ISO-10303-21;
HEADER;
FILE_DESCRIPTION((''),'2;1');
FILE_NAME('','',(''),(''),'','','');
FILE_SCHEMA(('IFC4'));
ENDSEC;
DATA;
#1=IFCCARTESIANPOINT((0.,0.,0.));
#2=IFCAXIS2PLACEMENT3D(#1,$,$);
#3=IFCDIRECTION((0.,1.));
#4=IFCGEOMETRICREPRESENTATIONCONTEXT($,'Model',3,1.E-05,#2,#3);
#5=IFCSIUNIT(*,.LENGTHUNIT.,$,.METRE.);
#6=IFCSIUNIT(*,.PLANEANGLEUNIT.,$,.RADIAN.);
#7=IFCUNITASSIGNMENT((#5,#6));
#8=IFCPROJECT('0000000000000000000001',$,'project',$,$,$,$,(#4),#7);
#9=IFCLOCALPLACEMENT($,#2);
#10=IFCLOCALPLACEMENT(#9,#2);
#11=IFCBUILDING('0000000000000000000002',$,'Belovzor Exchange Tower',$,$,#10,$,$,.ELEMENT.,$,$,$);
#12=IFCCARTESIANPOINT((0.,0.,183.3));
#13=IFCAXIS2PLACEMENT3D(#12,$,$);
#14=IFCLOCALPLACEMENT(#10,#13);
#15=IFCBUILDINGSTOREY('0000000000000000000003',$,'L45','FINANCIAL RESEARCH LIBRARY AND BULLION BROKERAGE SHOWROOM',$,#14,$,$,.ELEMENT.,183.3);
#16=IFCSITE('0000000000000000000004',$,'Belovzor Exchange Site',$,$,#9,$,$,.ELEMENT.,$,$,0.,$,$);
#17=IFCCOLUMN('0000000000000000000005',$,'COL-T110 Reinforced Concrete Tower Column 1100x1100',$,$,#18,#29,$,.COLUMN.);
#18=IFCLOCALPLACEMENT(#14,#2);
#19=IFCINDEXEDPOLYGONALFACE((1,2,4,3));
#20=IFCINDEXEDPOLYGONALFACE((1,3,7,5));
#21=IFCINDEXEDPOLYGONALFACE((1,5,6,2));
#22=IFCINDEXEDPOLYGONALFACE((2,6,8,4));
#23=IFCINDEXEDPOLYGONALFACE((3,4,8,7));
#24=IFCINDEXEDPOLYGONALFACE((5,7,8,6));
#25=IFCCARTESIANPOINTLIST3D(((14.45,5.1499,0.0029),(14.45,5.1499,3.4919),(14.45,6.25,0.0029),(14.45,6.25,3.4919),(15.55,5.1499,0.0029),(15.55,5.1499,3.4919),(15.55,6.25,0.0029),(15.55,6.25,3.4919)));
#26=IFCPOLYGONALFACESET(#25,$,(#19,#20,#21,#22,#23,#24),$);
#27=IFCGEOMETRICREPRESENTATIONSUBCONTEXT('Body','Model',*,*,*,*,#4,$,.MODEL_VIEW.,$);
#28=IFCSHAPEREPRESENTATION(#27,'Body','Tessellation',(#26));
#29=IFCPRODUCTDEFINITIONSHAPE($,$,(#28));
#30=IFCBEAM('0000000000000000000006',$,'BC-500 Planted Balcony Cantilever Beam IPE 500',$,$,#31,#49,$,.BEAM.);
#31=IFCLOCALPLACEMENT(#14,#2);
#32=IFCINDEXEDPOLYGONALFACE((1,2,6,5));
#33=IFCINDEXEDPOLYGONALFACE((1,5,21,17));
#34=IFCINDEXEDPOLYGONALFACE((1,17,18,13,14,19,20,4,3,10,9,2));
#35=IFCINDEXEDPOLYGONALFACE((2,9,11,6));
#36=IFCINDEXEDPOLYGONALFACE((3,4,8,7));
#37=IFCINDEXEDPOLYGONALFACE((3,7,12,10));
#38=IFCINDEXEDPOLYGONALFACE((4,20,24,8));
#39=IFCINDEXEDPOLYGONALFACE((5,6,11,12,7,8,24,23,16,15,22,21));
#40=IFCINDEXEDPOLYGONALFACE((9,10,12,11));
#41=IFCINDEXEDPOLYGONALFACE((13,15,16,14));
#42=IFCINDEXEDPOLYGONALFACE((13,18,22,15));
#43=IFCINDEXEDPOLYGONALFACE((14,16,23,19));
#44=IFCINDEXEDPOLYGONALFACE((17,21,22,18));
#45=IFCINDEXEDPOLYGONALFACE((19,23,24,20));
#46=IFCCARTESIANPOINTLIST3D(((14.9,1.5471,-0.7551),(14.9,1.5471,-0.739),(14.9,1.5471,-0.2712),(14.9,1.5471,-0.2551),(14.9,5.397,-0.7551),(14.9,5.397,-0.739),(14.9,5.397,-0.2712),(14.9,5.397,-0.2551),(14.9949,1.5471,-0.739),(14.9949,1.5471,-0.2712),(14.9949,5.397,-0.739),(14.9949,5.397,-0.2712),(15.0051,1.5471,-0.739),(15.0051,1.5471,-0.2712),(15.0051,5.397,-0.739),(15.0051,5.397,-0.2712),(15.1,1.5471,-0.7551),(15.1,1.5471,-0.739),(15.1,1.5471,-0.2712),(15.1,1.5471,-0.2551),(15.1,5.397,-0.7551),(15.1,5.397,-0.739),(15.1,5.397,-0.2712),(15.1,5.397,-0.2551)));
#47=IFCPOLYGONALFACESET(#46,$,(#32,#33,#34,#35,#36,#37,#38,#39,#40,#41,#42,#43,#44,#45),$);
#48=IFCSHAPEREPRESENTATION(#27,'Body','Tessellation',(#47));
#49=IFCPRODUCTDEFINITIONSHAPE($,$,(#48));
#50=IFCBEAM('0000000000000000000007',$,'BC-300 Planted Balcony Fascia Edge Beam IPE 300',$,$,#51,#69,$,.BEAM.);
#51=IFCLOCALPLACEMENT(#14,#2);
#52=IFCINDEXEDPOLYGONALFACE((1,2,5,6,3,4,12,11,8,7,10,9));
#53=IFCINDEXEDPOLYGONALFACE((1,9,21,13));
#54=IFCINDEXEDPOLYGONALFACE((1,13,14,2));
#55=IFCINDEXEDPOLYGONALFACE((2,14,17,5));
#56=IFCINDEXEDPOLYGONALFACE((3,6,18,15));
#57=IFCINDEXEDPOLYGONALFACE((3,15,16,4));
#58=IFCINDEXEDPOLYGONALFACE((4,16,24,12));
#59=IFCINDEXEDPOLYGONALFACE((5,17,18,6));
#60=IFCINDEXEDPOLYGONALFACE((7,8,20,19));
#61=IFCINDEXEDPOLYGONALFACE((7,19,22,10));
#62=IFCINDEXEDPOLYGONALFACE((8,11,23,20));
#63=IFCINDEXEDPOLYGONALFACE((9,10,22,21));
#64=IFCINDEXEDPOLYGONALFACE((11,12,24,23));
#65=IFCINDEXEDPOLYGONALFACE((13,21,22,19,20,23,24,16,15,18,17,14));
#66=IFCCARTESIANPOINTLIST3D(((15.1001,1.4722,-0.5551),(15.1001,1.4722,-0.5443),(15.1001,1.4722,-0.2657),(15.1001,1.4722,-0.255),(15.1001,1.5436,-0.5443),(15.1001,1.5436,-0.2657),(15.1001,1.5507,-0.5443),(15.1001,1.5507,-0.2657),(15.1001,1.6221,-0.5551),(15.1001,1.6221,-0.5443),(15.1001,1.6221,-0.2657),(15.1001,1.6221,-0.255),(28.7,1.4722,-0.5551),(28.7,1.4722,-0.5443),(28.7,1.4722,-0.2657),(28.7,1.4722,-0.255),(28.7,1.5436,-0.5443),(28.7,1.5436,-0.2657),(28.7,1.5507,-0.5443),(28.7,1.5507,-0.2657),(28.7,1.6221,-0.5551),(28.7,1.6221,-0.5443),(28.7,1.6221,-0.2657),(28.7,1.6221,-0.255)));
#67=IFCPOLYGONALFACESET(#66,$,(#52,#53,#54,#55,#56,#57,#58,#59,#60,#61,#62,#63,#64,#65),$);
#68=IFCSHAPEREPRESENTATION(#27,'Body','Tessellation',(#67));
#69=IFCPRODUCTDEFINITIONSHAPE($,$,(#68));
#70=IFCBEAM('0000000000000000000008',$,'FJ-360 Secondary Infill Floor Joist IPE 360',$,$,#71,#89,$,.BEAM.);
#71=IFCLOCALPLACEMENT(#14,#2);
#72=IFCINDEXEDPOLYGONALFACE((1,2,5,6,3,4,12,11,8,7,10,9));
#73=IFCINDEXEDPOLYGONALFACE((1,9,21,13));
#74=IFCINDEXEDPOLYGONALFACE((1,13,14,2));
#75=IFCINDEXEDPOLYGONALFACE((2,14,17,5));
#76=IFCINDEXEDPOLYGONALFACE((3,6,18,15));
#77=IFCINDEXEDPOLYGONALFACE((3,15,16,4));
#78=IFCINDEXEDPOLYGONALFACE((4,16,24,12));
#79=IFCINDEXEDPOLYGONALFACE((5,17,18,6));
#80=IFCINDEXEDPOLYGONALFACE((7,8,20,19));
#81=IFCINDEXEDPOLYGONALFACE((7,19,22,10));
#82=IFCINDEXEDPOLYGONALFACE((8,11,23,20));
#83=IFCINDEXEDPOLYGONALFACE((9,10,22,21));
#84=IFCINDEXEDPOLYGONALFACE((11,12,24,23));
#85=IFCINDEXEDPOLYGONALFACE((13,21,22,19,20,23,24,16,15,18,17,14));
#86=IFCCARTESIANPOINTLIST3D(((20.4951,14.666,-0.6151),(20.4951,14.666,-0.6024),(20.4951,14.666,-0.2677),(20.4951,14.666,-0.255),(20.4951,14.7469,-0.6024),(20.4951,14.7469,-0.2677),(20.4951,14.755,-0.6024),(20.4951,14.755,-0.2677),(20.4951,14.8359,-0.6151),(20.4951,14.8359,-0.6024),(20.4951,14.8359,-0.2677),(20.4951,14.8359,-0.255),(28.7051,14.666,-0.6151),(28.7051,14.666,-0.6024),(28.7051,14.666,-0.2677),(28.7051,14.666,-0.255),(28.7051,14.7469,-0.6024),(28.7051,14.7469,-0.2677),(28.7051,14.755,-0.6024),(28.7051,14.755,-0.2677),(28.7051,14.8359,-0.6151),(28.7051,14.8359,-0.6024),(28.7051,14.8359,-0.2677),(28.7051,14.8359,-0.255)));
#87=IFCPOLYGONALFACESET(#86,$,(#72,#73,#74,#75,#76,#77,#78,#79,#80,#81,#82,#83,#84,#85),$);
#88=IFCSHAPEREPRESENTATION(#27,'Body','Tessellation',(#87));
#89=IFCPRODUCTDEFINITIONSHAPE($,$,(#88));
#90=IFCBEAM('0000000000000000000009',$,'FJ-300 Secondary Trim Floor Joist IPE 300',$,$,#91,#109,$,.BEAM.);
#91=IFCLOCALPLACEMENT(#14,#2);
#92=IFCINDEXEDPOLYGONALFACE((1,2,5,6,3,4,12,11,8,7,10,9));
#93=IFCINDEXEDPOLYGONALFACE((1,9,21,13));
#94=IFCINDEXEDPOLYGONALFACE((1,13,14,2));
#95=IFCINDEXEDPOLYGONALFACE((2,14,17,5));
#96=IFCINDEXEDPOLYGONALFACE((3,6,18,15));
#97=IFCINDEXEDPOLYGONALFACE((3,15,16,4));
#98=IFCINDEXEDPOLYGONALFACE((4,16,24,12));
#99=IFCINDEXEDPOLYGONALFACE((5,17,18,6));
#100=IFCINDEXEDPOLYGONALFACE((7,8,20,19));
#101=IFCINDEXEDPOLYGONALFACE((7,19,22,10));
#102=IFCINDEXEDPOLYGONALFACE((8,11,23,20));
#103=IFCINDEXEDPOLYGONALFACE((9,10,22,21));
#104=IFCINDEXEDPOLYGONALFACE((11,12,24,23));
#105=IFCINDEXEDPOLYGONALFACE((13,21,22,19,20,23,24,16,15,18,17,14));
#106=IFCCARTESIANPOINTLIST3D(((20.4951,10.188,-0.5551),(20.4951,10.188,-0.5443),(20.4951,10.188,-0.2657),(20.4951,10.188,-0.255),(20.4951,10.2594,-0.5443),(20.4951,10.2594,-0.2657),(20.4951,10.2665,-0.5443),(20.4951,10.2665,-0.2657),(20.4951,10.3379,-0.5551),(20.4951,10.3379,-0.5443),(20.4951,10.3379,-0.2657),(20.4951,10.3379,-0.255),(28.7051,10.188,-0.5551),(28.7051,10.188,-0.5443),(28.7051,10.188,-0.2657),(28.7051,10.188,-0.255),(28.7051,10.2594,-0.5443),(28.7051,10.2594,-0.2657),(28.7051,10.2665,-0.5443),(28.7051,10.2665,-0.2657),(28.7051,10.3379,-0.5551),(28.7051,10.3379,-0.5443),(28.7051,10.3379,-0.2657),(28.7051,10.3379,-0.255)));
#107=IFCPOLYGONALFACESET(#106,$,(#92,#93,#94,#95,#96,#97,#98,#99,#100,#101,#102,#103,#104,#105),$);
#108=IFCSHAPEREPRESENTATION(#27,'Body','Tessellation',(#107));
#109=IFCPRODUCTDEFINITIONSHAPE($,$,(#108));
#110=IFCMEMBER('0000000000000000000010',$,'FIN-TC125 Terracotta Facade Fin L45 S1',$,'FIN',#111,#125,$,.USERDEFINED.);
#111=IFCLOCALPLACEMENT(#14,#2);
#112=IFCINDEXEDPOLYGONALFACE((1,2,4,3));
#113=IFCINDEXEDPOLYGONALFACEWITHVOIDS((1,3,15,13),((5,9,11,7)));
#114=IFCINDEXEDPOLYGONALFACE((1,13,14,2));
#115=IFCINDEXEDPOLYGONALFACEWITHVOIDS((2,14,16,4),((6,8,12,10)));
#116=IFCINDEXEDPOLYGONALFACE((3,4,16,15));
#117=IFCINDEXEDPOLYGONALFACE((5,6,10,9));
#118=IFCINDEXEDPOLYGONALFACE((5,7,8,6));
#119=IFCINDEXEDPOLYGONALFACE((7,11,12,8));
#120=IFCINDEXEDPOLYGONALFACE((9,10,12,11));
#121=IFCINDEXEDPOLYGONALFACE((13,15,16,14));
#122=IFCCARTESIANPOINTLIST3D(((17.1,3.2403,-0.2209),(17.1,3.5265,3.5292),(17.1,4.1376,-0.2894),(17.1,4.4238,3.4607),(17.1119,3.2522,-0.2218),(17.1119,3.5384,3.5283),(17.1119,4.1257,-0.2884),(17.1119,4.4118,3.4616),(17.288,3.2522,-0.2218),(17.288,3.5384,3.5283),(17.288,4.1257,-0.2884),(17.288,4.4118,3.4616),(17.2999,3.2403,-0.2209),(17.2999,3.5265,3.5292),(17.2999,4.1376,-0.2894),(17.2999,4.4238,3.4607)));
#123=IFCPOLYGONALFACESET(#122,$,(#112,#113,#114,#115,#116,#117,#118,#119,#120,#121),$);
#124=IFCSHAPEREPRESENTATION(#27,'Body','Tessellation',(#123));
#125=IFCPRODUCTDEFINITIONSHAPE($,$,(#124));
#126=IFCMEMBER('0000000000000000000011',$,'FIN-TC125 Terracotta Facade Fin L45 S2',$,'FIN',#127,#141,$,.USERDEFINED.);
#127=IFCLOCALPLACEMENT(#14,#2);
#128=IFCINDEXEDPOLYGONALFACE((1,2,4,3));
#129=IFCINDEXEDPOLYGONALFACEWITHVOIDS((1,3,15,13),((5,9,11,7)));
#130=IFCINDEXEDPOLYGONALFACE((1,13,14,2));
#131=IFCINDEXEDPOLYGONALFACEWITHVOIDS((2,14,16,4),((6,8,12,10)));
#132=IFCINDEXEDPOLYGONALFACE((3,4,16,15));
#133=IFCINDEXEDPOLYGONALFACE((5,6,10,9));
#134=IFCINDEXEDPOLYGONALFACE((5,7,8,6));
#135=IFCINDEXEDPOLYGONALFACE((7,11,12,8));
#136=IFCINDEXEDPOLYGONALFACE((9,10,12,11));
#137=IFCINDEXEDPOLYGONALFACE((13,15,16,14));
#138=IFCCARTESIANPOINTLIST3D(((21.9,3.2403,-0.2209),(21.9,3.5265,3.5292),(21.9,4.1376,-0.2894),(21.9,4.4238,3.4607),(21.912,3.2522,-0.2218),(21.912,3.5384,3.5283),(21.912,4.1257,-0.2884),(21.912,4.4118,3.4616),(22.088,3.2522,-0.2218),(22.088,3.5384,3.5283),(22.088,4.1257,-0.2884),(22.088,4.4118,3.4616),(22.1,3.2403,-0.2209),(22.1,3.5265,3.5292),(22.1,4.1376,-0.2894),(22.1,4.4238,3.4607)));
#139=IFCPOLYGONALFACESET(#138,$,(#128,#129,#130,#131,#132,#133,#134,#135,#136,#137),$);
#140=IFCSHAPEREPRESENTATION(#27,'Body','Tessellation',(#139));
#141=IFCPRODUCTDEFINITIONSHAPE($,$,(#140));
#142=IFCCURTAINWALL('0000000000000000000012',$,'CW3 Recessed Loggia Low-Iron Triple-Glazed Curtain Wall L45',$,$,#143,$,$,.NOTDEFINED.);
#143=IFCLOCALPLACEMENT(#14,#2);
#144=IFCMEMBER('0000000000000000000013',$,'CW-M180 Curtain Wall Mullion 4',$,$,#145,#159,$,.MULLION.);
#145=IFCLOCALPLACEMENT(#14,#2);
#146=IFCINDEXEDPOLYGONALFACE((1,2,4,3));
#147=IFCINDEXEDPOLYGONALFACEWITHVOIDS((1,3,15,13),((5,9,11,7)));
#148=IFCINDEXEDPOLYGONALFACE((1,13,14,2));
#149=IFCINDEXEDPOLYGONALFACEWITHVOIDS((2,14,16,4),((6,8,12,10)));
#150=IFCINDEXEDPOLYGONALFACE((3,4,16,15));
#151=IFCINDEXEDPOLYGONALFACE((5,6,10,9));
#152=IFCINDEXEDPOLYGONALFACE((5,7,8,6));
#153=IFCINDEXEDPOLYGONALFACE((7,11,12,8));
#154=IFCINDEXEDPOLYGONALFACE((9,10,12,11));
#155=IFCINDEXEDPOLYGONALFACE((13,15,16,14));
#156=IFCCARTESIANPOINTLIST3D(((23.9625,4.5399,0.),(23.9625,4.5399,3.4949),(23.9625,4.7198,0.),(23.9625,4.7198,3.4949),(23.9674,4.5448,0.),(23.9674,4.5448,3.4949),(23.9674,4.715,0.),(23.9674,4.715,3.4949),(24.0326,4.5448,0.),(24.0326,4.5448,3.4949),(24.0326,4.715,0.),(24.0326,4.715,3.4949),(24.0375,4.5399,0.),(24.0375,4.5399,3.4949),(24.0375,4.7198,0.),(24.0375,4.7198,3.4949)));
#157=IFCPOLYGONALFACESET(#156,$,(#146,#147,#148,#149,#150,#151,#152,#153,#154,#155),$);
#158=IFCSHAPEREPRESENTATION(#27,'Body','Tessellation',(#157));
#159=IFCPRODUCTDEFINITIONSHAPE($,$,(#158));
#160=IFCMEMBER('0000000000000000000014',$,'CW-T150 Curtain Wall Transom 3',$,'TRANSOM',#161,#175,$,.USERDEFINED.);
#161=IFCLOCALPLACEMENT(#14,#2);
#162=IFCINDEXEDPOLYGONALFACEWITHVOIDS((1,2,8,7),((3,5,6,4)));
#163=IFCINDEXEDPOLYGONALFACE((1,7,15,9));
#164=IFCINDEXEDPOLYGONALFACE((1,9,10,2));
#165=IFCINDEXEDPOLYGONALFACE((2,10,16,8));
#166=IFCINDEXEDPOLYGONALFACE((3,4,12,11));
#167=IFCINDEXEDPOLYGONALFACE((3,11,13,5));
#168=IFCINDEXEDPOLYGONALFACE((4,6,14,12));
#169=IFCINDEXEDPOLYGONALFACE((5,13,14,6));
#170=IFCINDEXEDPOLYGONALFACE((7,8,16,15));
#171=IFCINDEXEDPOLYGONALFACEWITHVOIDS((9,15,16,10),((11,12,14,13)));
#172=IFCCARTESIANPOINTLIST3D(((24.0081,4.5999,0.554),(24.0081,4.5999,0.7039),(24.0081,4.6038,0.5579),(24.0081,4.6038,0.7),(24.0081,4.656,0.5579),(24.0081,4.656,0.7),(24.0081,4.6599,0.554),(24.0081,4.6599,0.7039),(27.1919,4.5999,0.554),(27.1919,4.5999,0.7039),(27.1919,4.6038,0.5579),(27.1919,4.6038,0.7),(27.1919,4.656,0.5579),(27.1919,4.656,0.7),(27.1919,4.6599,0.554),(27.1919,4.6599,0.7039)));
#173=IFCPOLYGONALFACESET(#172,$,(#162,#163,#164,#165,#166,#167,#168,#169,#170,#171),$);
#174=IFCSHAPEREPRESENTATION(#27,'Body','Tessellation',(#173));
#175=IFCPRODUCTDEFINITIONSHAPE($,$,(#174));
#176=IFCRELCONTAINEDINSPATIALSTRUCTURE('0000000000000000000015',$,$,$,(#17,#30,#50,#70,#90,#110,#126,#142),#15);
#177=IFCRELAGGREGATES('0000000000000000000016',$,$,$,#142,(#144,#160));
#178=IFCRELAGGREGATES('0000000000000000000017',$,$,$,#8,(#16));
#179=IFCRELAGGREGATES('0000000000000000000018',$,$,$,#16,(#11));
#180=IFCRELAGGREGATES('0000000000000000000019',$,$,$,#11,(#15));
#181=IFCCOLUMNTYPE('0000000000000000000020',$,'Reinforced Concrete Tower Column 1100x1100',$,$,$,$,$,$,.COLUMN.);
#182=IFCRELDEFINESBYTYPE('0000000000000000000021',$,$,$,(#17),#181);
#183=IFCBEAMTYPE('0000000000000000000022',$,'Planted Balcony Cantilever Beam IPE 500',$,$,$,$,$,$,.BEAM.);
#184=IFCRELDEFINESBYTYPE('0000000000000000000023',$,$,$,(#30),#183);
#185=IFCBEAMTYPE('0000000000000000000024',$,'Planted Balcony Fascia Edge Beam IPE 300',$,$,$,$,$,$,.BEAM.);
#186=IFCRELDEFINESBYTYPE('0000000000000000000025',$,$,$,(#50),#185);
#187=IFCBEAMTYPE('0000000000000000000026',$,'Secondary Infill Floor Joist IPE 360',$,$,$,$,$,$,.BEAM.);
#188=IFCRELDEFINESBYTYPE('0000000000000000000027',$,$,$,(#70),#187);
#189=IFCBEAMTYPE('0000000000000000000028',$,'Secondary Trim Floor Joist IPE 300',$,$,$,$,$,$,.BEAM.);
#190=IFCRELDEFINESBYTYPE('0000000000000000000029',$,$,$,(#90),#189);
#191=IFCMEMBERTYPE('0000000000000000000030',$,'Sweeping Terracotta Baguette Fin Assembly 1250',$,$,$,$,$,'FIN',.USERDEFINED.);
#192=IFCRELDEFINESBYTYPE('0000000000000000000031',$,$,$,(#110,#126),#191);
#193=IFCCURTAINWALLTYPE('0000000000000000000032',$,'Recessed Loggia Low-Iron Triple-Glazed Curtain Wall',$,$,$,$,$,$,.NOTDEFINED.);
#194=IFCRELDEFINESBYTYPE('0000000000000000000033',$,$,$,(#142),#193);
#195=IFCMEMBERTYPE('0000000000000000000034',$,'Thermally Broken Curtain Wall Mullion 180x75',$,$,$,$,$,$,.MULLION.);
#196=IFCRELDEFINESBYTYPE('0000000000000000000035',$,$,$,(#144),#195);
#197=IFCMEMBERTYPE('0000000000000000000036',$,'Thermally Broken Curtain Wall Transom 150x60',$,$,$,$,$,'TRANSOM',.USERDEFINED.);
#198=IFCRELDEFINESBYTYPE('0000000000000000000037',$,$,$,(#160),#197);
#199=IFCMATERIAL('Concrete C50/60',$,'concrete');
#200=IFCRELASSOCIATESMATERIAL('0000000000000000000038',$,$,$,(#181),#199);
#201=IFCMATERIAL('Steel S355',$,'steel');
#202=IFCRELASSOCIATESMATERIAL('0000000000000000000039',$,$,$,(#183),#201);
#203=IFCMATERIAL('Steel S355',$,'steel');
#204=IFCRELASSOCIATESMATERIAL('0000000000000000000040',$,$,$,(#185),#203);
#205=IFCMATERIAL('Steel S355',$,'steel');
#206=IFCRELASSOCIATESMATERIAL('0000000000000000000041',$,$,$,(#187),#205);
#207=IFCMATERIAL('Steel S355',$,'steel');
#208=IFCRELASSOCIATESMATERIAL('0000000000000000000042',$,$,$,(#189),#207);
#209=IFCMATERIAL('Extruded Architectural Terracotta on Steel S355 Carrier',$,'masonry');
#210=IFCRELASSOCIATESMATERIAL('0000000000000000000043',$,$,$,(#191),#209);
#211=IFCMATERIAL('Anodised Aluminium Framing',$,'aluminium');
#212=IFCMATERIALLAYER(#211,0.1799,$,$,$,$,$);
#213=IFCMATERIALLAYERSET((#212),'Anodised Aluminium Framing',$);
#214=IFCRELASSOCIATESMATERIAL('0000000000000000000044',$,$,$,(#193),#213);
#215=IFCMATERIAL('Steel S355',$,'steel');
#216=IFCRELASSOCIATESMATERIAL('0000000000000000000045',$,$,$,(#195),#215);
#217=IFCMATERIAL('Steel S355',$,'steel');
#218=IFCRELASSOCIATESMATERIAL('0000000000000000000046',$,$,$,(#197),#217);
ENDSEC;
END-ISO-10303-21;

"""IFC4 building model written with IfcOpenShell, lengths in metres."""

from ifc_helpers import new_model, si_unit, direction, frame, origin, origin_2d, place, context, subcontext, project, spatial, rectangle, hollow_rectangle, i_section, extrude, material, layer, layer_set, material_profile, profile_set, type_object, element, aggregate, save


model = new_model("IFC4")

# Units and contexts
model_context = context("Model", 3, precision=1e-05, world=origin(), true_north=direction((0.0, 1.0)))
body_context = subcontext(model_context, "Body", "Model", "MODEL_VIEW")
ifc_project = project(units=[si_unit("LENGTHUNIT", "METRE"), si_unit("PLANEANGLEUNIT", "RADIAN")], contexts=[model_context])

# Site, building, storey
site_placement = place(None, origin())
site = spatial("IfcSite", under=ifc_project, at=site_placement, Name="Belovzor Exchange Site", CompositionType="ELEMENT", RefElevation=0.0)
building_placement = place(site_placement, origin())
building = spatial("IfcBuilding", under=site, at=building_placement, Name="Belovzor Exchange Tower", CompositionType="ELEMENT")
storey_placement = place(building_placement, frame((0.0, 0.0, 183.3)))
storey = spatial("IfcBuildingStorey", under=building, at=storey_placement, Name="L45", Description="FINANCIAL RESEARCH LIBRARY AND BULLION BROKERAGE SHOWROOM", CompositionType="ELEMENT", Elevation=183.3)

# Column
ifc_material_1 = material(Name="Concrete C50/60", Category="concrete")
ifc_material_profile_1 = material_profile(ifc_material_1, rectangle(XDim=1.1001, YDim=1.1001, at=origin_2d()))
ifc_profile_set_1 = profile_set([ifc_material_profile_1], Name="Concrete C50/60")
column_type = type_object("IfcColumnType", Name="Reinforced Concrete Tower Column 1100x1100", PredefinedType="COLUMN", material=ifc_profile_set_1)
column_placement = place(storey_placement, frame((15.0, 5.7, 0.0029), z_axis=(0.0, 0.0, 1.0), x_axis=(1.0, 0.0, 0.0)))
element("IfcColumn", 1, at=column_placement, inside=storey, type_object=column_type, Name="COL-T110 Reinforced Concrete Tower Column 1100x1100", PredefinedType="COLUMN", context=body_context, shape_type="SweptSolid", body=[
    extrude(rectangle(XDim=1.1001, YDim=1.1001, at=origin_2d()), origin(), (0.0, 0.0, 1.0), 3.489),
])

# Beams
ifc_material_2 = material(Name="Steel S355", Category="steel")
ifc_material_profile_2 = material_profile(ifc_material_2, i_section(OverallWidth=0.2, OverallDepth=0.5, WebThickness=0.0103, FlangeThickness=0.0161, at=origin_2d()))
ifc_profile_set_2 = profile_set([ifc_material_profile_2], Name="Steel S355")
beam_type_1 = type_object("IfcBeamType", Name="Planted Balcony Cantilever Beam IPE 500", PredefinedType="BEAM", material=ifc_profile_set_2)
beam_1_placement = place(storey_placement, frame((15.0, 5.397, -0.5051), z_axis=(0.0, -1.0, 0.0), x_axis=(1.0, 0.0, 0.0)))
element("IfcBeam", 2, at=beam_1_placement, inside=storey, type_object=beam_type_1, Name="BC-500 Planted Balcony Cantilever Beam IPE 500", PredefinedType="BEAM", context=body_context, shape_type="SweptSolid", body=[
    extrude(i_section(OverallWidth=0.2, OverallDepth=0.5, WebThickness=0.0103, FlangeThickness=0.0161, at=origin_2d()), origin(), (0.0, 0.0, 1.0), 3.8499),
])
ifc_material_3 = material(Name="Steel S355", Category="steel")
ifc_material_profile_3 = material_profile(ifc_material_3, i_section(OverallWidth=0.1499, OverallDepth=0.3, WebThickness=0.0071, FlangeThickness=0.0107, at=origin_2d()))
ifc_profile_set_3 = profile_set([ifc_material_profile_3], Name="Steel S355")
beam_type_2 = type_object("IfcBeamType", Name="Planted Balcony Fascia Edge Beam IPE 300", PredefinedType="BEAM", material=ifc_profile_set_3)
beam_2_placement = place(storey_placement, frame((15.1001, 1.5471, -0.405), z_axis=(1.0, 0.0, 0.0), x_axis=(0.0, 1.0, 0.0)))
element("IfcBeam", 3, at=beam_2_placement, inside=storey, type_object=beam_type_2, Name="BC-300 Planted Balcony Fascia Edge Beam IPE 300", PredefinedType="BEAM", context=body_context, shape_type="SweptSolid", body=[
    extrude(i_section(OverallWidth=0.1499, OverallDepth=0.3, WebThickness=0.0071, FlangeThickness=0.0107, at=origin_2d()), origin(), (0.0, 0.0, 1.0), 13.5999),
])
ifc_material_4 = material(Name="Steel S355", Category="steel")
ifc_material_profile_4 = material_profile(ifc_material_4, i_section(OverallWidth=0.1699, OverallDepth=0.3601, WebThickness=0.0081, FlangeThickness=0.0127, at=origin_2d()))
ifc_profile_set_4 = profile_set([ifc_material_profile_4], Name="Steel S355")
beam_type_3 = type_object("IfcBeamType", Name="Secondary Infill Floor Joist IPE 360", PredefinedType="BEAM", material=ifc_profile_set_4)
beam_3_placement = place(storey_placement, frame((20.4951, 14.751, -0.4351), z_axis=(1.0, 0.0, 0.0), x_axis=(0.0, 1.0, 0.0)))
element("IfcBeam", 4, at=beam_3_placement, inside=storey, type_object=beam_type_3, Name="FJ-360 Secondary Infill Floor Joist IPE 360", PredefinedType="BEAM", context=body_context, shape_type="SweptSolid", body=[
    extrude(i_section(OverallWidth=0.1699, OverallDepth=0.3601, WebThickness=0.0081, FlangeThickness=0.0127, at=origin_2d()), origin(), (0.0, 0.0, 1.0), 8.21),
])
ifc_material_5 = material(Name="Steel S355", Category="steel")
ifc_material_profile_5 = material_profile(ifc_material_5, i_section(OverallWidth=0.1499, OverallDepth=0.3, WebThickness=0.0071, FlangeThickness=0.0107, at=origin_2d()))
ifc_profile_set_5 = profile_set([ifc_material_profile_5], Name="Steel S355")
beam_type_4 = type_object("IfcBeamType", Name="Secondary Trim Floor Joist IPE 300", PredefinedType="BEAM", material=ifc_profile_set_5)
beam_4_placement = place(storey_placement, frame((20.4951, 10.2629, -0.405), z_axis=(1.0, 0.0, 0.0), x_axis=(0.0, 1.0, 0.0)))
element("IfcBeam", 5, at=beam_4_placement, inside=storey, type_object=beam_type_4, Name="FJ-300 Secondary Trim Floor Joist IPE 300", PredefinedType="BEAM", context=body_context, shape_type="SweptSolid", body=[
    extrude(i_section(OverallWidth=0.1499, OverallDepth=0.3, WebThickness=0.0071, FlangeThickness=0.0107, at=origin_2d()), origin(), (0.0, 0.0, 1.0), 8.21),
])

# Members
ifc_material_6 = material(Name="Extruded Architectural Terracotta on Steel S355 Carrier", Category="masonry")
ifc_material_profile_6 = material_profile(ifc_material_6, hollow_rectangle(XDim=0.2, YDim=0.8999, WallThickness=0.012, at=origin_2d()))
ifc_profile_set_6 = profile_set([ifc_material_profile_6], Name="Extruded Architectural Terracotta on Steel S355 Carrier")
member_type_1 = type_object("IfcMemberType", Name="Sweeping Terracotta Baguette Fin Assembly 1250", ElementType="FIN", PredefinedType="USERDEFINED", material=ifc_profile_set_6)
for number, where, z_axis, x_axis, name in (
    (6, (17.2, 3.689, -0.2551), (0.0, 0.076081, 0.997102), (-1.0, 0.0, 0.0), "FIN-TC125 Terracotta Facade Fin L45 S1"),
    (7, (22.0, 3.689, -0.2551), (0.0, 0.076081, 0.997102), (-1.0, 0.0, 0.0), "FIN-TC125 Terracotta Facade Fin L45 S2"),
):
    element("IfcMember", number, at=place(storey_placement, frame(where, z_axis=z_axis, x_axis=x_axis)), inside=storey, type_object=member_type_1, Name=name, ObjectType="FIN", PredefinedType="USERDEFINED", context=body_context, shape_type="SweptSolid", body=[
        extrude(hollow_rectangle(XDim=0.2, YDim=0.8999, WallThickness=0.012, at=origin_2d()), origin(), (0.0, 0.0, 1.0), 3.761),
    ])

# Curtain wall, members
ifc_material_7 = material(Name="Anodised Aluminium Framing", Category="aluminium")
ifc_layer_1 = layer(ifc_material_7, 0.1799)
ifc_layer_set_1 = layer_set([ifc_layer_1], Name="Anodised Aluminium Framing")
curtain_wall_type = type_object("IfcCurtainWallType", Name="Recessed Loggia Low-Iron Triple-Glazed Curtain Wall", PredefinedType="NOTDEFINED", material=ifc_layer_set_1)
curtain_wall_placement = place(storey_placement, origin())
curtain_wall = element("IfcCurtainWall", 8, at=curtain_wall_placement, inside=storey, type_object=curtain_wall_type, Name="CW3 Recessed Loggia Low-Iron Triple-Glazed Curtain Wall L45", PredefinedType="NOTDEFINED")
ifc_material_8 = material(Name="Steel S355", Category="steel")
ifc_material_profile_7 = material_profile(ifc_material_8, hollow_rectangle(XDim=0.075, YDim=0.1799, WallThickness=0.0049, at=origin_2d()))
ifc_profile_set_7 = profile_set([ifc_material_profile_7], Name="Steel S355")
member_type_2 = type_object("IfcMemberType", Name="Thermally Broken Curtain Wall Mullion 180x75", PredefinedType="MULLION", material=ifc_profile_set_7)
member_1_placement = place(storey_placement, frame((24.0, 4.6299, 0.0), z_axis=(0.0, 0.0, 1.0), x_axis=(-1.0, 0.0, 0.0)))
member_1 = element("IfcMember", 9, at=member_1_placement, type_object=member_type_2, Name="CW-M180 Curtain Wall Mullion 4", PredefinedType="MULLION", context=body_context, shape_type="SweptSolid", body=[
    extrude(hollow_rectangle(XDim=0.075, YDim=0.1799, WallThickness=0.0049, at=origin_2d()), origin(), (0.0, 0.0, 1.0), 3.4949),
])
ifc_material_9 = material(Name="Steel S355", Category="steel")
ifc_material_profile_8 = material_profile(ifc_material_9, hollow_rectangle(XDim=0.0601, YDim=0.1499, WallThickness=0.0039, at=origin_2d()))
ifc_profile_set_8 = profile_set([ifc_material_profile_8], Name="Steel S355")
member_type_3 = type_object("IfcMemberType", Name="Thermally Broken Curtain Wall Transom 150x60", ElementType="TRANSOM", PredefinedType="USERDEFINED", material=ifc_profile_set_8)
member_2_placement = place(storey_placement, frame((27.1919, 4.6299, 0.6289), z_axis=(-1.0, 0.0, 0.0), x_axis=(0.0, -1.0, 0.0)))
member_2 = element("IfcMember", 10, at=member_2_placement, type_object=member_type_3, Name="CW-T150 Curtain Wall Transom 3", ObjectType="TRANSOM", PredefinedType="USERDEFINED", context=body_context, shape_type="SweptSolid", body=[
    extrude(hollow_rectangle(XDim=0.0601, YDim=0.1499, WallThickness=0.0039, at=origin_2d()), origin(), (0.0, 0.0, 1.0), 3.1838),
])

aggregate(curtain_wall, [member_1, member_2])

save(model, "model.ifc")
